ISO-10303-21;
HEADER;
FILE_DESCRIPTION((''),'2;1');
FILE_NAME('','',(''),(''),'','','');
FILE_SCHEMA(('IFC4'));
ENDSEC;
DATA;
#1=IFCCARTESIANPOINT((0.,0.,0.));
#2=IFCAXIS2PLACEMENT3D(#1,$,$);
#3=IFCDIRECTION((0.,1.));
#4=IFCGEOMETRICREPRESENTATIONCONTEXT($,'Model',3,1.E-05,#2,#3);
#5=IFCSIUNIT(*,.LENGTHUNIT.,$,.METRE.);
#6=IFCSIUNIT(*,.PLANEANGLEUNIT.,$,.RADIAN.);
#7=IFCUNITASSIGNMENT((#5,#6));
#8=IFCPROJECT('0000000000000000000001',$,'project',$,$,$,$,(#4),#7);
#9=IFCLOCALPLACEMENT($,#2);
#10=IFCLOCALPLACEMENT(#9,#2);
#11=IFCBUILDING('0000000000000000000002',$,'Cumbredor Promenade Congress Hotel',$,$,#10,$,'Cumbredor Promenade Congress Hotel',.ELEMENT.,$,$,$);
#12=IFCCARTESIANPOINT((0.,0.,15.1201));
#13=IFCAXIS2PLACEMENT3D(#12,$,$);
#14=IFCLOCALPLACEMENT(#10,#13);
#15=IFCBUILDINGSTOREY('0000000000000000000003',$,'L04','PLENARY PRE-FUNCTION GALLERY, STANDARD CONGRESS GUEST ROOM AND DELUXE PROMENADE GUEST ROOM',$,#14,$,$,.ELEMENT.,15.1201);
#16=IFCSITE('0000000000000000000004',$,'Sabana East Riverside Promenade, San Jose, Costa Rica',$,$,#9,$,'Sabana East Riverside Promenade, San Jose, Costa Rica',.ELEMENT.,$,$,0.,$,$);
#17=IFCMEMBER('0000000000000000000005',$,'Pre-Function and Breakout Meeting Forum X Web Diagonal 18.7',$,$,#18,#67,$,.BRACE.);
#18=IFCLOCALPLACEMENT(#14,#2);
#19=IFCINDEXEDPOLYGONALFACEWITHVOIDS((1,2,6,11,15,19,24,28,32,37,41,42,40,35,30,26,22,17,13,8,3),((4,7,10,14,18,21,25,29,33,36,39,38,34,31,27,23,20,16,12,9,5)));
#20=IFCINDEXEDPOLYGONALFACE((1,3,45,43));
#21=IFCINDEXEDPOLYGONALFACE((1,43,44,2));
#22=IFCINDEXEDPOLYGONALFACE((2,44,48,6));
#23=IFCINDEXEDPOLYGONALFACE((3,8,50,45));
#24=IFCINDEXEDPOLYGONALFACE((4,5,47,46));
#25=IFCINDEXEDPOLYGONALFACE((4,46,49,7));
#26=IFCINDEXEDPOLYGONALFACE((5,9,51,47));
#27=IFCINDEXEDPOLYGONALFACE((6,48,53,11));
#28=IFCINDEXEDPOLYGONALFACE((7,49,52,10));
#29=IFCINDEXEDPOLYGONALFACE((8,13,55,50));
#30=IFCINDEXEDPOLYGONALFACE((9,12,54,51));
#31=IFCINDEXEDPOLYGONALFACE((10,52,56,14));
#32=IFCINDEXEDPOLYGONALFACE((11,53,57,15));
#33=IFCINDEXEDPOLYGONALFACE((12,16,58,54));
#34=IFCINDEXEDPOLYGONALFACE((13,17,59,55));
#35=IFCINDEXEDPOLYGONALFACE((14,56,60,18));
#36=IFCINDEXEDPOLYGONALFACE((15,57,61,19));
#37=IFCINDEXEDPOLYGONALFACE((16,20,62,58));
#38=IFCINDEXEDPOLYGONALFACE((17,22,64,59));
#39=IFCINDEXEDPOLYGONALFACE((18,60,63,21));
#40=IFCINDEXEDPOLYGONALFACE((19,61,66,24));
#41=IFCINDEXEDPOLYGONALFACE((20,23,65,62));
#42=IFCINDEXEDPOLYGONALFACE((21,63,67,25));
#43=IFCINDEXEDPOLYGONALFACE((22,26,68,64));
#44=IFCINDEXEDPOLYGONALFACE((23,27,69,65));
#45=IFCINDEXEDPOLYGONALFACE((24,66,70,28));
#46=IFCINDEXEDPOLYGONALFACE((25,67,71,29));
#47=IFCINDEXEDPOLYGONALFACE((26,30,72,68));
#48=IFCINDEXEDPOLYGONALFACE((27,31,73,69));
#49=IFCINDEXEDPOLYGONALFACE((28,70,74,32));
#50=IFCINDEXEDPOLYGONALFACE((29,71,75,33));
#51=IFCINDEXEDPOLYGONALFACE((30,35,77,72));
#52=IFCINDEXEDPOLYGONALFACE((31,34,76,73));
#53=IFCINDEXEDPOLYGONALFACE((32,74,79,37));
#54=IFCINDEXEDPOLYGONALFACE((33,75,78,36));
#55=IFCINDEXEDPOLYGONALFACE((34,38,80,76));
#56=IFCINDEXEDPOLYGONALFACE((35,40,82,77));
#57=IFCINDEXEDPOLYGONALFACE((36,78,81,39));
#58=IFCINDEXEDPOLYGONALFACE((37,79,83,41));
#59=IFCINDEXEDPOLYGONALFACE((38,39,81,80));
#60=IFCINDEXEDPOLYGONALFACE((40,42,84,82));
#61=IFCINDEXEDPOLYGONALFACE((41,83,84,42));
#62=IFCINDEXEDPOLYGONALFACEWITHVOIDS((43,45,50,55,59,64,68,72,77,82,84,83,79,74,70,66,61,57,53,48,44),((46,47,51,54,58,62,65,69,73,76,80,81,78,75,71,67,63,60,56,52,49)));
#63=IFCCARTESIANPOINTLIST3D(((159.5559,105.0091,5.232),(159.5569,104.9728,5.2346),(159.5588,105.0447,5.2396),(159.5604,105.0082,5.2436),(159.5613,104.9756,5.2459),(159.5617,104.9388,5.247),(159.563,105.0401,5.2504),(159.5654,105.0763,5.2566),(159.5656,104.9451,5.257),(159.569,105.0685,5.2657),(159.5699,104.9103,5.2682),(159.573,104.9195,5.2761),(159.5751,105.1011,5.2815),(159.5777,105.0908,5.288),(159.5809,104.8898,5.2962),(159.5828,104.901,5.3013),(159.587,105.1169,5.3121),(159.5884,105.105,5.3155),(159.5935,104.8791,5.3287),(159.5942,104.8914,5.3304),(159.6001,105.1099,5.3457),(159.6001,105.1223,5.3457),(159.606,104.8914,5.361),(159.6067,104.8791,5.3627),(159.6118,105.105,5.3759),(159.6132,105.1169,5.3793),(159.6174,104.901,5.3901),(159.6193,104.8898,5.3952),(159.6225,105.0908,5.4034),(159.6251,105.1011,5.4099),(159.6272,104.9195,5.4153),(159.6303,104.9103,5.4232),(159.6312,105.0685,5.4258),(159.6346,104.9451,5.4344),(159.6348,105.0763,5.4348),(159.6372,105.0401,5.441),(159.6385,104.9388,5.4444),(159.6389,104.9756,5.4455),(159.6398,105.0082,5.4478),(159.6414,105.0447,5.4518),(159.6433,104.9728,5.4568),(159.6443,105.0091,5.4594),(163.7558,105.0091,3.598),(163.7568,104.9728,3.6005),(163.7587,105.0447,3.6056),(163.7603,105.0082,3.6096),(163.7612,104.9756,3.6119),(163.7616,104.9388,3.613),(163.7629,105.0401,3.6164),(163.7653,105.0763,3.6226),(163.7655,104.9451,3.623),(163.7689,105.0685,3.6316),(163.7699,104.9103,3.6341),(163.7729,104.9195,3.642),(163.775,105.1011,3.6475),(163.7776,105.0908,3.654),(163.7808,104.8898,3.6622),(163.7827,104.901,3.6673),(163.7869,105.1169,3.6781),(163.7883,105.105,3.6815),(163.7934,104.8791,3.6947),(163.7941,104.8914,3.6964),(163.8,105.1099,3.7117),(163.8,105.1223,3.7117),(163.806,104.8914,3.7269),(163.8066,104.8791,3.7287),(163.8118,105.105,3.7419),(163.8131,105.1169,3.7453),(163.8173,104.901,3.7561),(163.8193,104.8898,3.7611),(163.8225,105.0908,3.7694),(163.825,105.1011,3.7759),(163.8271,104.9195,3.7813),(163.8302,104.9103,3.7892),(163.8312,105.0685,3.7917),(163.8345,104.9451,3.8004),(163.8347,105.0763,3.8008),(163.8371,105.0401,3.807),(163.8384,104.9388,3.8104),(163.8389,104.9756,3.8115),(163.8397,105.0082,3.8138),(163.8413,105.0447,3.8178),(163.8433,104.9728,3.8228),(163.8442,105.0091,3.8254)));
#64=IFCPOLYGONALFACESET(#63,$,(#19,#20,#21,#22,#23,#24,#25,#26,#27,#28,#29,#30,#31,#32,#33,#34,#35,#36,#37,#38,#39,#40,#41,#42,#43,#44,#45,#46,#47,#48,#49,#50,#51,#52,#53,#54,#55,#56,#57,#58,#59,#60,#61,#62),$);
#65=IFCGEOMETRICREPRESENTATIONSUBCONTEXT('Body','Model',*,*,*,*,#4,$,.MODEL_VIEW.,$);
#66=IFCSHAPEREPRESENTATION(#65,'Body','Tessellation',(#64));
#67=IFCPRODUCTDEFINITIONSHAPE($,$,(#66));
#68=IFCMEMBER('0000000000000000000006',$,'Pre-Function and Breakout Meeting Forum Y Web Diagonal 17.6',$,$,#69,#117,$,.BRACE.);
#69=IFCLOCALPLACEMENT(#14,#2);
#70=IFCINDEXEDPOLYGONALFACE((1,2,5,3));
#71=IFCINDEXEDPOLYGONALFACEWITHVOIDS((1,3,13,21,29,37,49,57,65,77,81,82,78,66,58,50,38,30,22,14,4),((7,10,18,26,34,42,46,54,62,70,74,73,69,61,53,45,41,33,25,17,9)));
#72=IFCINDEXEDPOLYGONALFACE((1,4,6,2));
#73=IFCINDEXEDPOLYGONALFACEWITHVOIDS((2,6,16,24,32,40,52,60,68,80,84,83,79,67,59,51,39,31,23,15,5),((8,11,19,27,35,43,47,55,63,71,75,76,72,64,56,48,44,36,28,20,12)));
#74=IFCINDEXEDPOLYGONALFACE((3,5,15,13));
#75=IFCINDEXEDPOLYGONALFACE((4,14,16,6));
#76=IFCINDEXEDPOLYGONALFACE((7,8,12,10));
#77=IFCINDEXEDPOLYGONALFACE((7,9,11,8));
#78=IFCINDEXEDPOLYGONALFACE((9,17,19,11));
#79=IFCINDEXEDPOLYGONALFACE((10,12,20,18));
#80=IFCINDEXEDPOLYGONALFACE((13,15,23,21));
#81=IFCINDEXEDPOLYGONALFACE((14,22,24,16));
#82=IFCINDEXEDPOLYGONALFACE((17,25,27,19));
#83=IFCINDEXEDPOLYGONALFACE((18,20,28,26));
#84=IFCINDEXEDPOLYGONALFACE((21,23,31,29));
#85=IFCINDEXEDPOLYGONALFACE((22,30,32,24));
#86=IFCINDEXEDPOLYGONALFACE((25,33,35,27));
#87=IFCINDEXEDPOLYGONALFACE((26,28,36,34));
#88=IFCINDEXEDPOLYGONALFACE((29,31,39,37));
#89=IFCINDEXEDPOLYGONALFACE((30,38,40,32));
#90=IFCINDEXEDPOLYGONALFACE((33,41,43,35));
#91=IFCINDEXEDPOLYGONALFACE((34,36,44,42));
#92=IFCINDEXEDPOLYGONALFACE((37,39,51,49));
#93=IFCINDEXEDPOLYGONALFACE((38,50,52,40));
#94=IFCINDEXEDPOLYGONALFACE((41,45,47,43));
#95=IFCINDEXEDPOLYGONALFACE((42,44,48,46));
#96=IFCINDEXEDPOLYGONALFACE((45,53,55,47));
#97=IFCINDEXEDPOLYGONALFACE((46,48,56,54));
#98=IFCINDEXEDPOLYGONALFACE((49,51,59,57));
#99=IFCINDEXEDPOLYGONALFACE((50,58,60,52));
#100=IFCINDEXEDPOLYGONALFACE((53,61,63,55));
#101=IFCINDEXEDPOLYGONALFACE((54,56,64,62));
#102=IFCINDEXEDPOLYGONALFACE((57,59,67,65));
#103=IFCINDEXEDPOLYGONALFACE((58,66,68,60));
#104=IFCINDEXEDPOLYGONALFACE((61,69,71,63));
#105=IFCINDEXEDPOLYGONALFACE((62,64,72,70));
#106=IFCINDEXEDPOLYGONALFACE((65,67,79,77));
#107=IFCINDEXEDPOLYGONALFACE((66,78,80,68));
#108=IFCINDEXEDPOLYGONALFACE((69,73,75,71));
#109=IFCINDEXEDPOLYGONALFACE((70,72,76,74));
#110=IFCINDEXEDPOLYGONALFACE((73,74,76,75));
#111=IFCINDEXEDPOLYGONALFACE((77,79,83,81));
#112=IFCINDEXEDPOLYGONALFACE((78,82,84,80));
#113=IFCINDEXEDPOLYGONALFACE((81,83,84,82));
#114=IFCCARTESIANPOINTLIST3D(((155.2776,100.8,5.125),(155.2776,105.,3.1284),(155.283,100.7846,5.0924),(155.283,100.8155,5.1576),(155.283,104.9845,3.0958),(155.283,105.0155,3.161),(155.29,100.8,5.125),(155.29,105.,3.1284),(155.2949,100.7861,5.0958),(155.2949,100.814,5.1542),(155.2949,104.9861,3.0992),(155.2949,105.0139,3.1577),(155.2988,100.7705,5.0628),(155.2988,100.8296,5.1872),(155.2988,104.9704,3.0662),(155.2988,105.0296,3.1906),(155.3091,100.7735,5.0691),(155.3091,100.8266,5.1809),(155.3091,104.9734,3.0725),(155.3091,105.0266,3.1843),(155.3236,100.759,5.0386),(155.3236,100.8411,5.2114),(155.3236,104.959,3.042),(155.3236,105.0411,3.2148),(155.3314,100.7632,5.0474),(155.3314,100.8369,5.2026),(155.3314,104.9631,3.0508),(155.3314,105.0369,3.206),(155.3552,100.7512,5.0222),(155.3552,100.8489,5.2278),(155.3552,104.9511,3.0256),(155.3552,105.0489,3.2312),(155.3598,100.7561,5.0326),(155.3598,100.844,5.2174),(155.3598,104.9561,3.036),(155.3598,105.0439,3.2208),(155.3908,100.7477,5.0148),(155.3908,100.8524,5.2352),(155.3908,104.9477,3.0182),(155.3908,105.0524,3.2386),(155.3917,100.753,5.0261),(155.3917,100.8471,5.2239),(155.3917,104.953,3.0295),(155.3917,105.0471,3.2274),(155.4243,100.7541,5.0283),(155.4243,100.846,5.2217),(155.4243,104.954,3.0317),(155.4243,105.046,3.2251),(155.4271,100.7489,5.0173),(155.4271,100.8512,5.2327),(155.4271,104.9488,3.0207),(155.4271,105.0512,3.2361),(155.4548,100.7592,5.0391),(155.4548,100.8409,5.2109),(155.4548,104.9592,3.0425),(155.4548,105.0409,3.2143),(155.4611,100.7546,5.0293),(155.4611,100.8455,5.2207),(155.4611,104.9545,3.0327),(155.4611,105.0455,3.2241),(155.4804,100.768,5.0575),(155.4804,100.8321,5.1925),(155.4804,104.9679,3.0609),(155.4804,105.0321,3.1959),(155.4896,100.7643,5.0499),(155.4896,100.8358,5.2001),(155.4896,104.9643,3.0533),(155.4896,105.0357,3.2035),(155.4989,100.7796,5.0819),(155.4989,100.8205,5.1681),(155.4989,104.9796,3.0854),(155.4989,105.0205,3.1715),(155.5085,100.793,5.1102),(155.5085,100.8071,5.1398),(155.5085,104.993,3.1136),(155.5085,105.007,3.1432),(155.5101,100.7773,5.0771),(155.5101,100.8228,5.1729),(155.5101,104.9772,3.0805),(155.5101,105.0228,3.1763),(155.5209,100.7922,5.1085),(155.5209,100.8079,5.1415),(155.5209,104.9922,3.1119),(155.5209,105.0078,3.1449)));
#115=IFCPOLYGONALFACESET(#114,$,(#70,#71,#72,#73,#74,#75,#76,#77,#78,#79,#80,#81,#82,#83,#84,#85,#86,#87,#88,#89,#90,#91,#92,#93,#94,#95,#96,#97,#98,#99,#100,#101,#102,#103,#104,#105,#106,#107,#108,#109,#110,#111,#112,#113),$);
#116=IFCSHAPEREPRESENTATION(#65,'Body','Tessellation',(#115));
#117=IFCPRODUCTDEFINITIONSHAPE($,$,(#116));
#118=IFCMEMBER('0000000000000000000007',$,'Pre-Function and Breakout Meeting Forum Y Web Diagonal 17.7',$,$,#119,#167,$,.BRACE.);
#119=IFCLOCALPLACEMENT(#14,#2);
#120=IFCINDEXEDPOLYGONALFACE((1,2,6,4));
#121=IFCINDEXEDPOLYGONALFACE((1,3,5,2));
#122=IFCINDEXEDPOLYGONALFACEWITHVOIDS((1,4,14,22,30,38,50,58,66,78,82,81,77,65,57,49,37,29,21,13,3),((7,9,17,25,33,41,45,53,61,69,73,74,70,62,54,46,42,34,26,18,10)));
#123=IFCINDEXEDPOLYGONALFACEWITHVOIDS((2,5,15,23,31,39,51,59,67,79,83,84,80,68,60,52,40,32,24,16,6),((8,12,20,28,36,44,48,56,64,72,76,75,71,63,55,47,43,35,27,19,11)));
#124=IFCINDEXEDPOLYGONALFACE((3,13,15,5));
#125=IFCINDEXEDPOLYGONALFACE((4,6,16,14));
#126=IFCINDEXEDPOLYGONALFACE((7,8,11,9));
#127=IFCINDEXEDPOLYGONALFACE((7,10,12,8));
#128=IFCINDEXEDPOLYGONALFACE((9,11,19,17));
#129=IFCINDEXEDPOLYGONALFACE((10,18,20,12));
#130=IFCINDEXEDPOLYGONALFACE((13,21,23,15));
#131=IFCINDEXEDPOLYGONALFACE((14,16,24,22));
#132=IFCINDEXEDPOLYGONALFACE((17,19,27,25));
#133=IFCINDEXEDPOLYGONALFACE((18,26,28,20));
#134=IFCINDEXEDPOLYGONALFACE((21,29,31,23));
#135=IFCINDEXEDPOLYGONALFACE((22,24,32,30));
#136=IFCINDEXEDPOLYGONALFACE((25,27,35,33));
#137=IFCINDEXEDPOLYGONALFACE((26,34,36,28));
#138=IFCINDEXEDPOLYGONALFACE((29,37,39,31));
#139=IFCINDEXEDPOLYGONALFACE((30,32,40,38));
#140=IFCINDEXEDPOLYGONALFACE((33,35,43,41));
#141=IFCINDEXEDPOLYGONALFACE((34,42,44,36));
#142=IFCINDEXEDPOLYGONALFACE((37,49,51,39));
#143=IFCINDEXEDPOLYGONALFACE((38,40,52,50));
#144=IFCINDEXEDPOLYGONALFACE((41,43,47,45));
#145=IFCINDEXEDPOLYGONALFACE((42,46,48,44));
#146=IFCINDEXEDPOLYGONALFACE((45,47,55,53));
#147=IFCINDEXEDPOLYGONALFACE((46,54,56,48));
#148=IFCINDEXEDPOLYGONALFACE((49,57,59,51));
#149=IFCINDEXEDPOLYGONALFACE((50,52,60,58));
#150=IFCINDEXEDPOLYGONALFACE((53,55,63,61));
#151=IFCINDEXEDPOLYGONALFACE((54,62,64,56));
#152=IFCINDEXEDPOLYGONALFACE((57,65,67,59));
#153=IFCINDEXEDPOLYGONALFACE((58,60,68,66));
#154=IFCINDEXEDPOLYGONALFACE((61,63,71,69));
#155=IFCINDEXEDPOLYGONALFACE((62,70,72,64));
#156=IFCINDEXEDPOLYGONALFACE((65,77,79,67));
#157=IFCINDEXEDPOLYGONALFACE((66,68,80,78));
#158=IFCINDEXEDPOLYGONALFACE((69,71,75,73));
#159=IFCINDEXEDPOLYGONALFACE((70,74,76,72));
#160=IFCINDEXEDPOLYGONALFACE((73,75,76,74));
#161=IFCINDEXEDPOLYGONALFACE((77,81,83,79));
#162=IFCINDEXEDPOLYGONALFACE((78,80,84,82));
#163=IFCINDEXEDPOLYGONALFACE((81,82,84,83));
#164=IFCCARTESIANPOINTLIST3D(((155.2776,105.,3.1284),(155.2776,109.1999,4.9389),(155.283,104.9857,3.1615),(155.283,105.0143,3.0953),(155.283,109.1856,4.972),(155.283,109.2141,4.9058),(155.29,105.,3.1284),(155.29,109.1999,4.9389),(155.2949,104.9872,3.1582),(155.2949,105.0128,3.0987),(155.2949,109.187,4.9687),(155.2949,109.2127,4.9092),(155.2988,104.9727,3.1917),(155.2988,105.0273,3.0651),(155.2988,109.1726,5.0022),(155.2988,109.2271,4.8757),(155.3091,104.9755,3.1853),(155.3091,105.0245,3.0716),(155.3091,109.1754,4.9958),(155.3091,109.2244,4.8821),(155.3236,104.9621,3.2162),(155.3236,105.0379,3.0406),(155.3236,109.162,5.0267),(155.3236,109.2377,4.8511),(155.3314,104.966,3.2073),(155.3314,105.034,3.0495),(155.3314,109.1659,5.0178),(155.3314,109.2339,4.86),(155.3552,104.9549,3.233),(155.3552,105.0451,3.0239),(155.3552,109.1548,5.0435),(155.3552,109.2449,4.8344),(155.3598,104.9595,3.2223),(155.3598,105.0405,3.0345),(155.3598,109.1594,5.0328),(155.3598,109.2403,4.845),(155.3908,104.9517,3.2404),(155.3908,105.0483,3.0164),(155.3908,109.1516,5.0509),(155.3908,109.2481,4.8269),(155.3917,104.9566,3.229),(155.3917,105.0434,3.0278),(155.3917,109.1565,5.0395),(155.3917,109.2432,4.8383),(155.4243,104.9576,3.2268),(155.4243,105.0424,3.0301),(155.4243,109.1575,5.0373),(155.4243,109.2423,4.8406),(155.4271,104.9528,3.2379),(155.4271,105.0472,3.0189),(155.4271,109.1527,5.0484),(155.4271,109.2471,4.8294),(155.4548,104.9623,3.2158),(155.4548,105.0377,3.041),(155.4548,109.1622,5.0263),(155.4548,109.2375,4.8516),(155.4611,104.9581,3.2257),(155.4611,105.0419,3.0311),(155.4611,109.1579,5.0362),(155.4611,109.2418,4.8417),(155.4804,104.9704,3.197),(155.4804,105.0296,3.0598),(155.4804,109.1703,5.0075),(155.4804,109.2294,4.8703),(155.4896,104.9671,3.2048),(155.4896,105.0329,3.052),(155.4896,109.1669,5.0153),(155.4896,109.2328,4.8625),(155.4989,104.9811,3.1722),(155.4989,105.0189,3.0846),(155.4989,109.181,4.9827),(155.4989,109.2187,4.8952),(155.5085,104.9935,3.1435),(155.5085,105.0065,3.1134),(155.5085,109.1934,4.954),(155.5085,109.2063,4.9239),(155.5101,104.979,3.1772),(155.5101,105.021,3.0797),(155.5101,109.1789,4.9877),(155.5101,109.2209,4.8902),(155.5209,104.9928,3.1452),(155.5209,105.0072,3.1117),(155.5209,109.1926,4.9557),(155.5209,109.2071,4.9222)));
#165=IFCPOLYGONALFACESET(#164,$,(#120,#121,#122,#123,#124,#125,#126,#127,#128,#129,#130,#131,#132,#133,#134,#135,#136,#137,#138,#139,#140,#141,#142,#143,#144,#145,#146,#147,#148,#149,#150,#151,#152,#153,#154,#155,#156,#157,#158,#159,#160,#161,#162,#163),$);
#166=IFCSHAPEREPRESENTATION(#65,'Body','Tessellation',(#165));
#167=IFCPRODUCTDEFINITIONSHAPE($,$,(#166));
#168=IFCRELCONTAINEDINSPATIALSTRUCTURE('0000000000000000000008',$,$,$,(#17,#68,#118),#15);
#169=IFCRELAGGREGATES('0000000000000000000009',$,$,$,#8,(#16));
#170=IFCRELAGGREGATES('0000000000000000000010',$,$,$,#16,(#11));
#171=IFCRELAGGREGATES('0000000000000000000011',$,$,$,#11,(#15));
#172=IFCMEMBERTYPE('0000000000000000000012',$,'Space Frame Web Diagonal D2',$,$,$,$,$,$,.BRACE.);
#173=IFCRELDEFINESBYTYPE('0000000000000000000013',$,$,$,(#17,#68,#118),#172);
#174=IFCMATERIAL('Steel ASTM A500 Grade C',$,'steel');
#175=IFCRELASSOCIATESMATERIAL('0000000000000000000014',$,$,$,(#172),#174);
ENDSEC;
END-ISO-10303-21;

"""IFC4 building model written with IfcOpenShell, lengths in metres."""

from ifc_helpers import new_model, si_unit, direction, frame, origin, origin_2d, place, context, subcontext, project, spatial, hollow_circle, extrude, material, material_profile, profile_set, type_object, element, save


model = new_model("IFC4")

# Units and contexts
model_context = context("Model", 3, precision=1e-05, world=origin(), true_north=direction((0.0, 1.0)))
body_context = subcontext(model_context, "Body", "Model", "MODEL_VIEW")
ifc_project = project(units=[si_unit("LENGTHUNIT", "METRE"), si_unit("PLANEANGLEUNIT", "RADIAN")], contexts=[model_context])

# Site, building, storey
site_placement = place(None, origin())
site = spatial("IfcSite", under=ifc_project, at=site_placement, Name="Sabana East Riverside Promenade, San Jose, Costa Rica", LongName="Sabana East Riverside Promenade, San Jose, Costa Rica", CompositionType="ELEMENT", RefElevation=0.0)
building_placement = place(site_placement, origin())
building = spatial("IfcBuilding", under=site, at=building_placement, Name="Cumbredor Promenade Congress Hotel", LongName="Cumbredor Promenade Congress Hotel", CompositionType="ELEMENT")
storey_placement = place(building_placement, frame((0.0, 0.0, 15.1201)))
storey = spatial("IfcBuildingStorey", under=building, at=storey_placement, Name="L04", Description="PLENARY PRE-FUNCTION GALLERY, STANDARD CONGRESS GUEST ROOM AND DELUXE PROMENADE GUEST ROOM", CompositionType="ELEMENT", Elevation=15.1201)

# Members
ifc_material_1 = material(Name="Steel ASTM A500 Grade C", Category="steel")
ifc_material_profile_1 = material_profile(ifc_material_1, hollow_circle(Radius=0.1223, WallThickness=0.0125, at=origin_2d()), Name="CHS 244.5x12.5")
ifc_profile_set_1 = profile_set([ifc_material_profile_1], Name="Steel ASTM A500 Grade C")
member_type_1 = type_object("IfcMemberType", Name="Space Frame Web Diagonal D2", PredefinedType="BRACE", material=ifc_profile_set_1)
member_1_placement = place(storey_placement, frame((159.6001, 105.0, 5.3457), z_axis=(0.931951, 0.0, -0.362585), x_axis=(0.0, 1.0, 0.0)))
element("IfcMember", 1, at=member_1_placement, inside=storey, type_object=member_type_1, Name="Pre-Function and Breakout Meeting Forum X Web Diagonal 18.7", PredefinedType="BRACE", context=body_context, shape_type="SweptSolid", body=[
    extrude(hollow_circle(Radius=0.1223, WallThickness=0.0125, at=origin_2d()), origin(), (0.0, 0.0, 1.0), 4.5066),
])
member_2_placement = place(storey_placement, frame((155.3999, 100.8, 5.125), z_axis=(0.0, 0.903144, -0.429338), x_axis=(-1.0, 0.0, 0.0)))
element("IfcMember", 2, at=member_2_placement, inside=storey, type_object=member_type_1, Name="Pre-Function and Breakout Meeting Forum Y Web Diagonal 17.6", PredefinedType="BRACE", context=body_context, shape_type="SweptSolid", body=[
    extrude(hollow_circle(Radius=0.1223, WallThickness=0.0125, at=origin_2d()), origin(), (0.0, 0.0, 1.0), 4.6504),
])
member_3_placement = place(storey_placement, frame((155.3999, 105.0, 3.1284), z_axis=(0.0, 0.918306, 0.39587), x_axis=(-1.0, 0.0, 0.0)))
element("IfcMember", 3, at=member_3_placement, inside=storey, type_object=member_type_1, Name="Pre-Function and Breakout Meeting Forum Y Web Diagonal 17.7", PredefinedType="BRACE", context=body_context, shape_type="SweptSolid", body=[
    extrude(hollow_circle(Radius=0.1223, WallThickness=0.0125, at=origin_2d()), origin(), (0.0, 0.0, 1.0), 4.5735),
])

save(model, "model.ifc")
